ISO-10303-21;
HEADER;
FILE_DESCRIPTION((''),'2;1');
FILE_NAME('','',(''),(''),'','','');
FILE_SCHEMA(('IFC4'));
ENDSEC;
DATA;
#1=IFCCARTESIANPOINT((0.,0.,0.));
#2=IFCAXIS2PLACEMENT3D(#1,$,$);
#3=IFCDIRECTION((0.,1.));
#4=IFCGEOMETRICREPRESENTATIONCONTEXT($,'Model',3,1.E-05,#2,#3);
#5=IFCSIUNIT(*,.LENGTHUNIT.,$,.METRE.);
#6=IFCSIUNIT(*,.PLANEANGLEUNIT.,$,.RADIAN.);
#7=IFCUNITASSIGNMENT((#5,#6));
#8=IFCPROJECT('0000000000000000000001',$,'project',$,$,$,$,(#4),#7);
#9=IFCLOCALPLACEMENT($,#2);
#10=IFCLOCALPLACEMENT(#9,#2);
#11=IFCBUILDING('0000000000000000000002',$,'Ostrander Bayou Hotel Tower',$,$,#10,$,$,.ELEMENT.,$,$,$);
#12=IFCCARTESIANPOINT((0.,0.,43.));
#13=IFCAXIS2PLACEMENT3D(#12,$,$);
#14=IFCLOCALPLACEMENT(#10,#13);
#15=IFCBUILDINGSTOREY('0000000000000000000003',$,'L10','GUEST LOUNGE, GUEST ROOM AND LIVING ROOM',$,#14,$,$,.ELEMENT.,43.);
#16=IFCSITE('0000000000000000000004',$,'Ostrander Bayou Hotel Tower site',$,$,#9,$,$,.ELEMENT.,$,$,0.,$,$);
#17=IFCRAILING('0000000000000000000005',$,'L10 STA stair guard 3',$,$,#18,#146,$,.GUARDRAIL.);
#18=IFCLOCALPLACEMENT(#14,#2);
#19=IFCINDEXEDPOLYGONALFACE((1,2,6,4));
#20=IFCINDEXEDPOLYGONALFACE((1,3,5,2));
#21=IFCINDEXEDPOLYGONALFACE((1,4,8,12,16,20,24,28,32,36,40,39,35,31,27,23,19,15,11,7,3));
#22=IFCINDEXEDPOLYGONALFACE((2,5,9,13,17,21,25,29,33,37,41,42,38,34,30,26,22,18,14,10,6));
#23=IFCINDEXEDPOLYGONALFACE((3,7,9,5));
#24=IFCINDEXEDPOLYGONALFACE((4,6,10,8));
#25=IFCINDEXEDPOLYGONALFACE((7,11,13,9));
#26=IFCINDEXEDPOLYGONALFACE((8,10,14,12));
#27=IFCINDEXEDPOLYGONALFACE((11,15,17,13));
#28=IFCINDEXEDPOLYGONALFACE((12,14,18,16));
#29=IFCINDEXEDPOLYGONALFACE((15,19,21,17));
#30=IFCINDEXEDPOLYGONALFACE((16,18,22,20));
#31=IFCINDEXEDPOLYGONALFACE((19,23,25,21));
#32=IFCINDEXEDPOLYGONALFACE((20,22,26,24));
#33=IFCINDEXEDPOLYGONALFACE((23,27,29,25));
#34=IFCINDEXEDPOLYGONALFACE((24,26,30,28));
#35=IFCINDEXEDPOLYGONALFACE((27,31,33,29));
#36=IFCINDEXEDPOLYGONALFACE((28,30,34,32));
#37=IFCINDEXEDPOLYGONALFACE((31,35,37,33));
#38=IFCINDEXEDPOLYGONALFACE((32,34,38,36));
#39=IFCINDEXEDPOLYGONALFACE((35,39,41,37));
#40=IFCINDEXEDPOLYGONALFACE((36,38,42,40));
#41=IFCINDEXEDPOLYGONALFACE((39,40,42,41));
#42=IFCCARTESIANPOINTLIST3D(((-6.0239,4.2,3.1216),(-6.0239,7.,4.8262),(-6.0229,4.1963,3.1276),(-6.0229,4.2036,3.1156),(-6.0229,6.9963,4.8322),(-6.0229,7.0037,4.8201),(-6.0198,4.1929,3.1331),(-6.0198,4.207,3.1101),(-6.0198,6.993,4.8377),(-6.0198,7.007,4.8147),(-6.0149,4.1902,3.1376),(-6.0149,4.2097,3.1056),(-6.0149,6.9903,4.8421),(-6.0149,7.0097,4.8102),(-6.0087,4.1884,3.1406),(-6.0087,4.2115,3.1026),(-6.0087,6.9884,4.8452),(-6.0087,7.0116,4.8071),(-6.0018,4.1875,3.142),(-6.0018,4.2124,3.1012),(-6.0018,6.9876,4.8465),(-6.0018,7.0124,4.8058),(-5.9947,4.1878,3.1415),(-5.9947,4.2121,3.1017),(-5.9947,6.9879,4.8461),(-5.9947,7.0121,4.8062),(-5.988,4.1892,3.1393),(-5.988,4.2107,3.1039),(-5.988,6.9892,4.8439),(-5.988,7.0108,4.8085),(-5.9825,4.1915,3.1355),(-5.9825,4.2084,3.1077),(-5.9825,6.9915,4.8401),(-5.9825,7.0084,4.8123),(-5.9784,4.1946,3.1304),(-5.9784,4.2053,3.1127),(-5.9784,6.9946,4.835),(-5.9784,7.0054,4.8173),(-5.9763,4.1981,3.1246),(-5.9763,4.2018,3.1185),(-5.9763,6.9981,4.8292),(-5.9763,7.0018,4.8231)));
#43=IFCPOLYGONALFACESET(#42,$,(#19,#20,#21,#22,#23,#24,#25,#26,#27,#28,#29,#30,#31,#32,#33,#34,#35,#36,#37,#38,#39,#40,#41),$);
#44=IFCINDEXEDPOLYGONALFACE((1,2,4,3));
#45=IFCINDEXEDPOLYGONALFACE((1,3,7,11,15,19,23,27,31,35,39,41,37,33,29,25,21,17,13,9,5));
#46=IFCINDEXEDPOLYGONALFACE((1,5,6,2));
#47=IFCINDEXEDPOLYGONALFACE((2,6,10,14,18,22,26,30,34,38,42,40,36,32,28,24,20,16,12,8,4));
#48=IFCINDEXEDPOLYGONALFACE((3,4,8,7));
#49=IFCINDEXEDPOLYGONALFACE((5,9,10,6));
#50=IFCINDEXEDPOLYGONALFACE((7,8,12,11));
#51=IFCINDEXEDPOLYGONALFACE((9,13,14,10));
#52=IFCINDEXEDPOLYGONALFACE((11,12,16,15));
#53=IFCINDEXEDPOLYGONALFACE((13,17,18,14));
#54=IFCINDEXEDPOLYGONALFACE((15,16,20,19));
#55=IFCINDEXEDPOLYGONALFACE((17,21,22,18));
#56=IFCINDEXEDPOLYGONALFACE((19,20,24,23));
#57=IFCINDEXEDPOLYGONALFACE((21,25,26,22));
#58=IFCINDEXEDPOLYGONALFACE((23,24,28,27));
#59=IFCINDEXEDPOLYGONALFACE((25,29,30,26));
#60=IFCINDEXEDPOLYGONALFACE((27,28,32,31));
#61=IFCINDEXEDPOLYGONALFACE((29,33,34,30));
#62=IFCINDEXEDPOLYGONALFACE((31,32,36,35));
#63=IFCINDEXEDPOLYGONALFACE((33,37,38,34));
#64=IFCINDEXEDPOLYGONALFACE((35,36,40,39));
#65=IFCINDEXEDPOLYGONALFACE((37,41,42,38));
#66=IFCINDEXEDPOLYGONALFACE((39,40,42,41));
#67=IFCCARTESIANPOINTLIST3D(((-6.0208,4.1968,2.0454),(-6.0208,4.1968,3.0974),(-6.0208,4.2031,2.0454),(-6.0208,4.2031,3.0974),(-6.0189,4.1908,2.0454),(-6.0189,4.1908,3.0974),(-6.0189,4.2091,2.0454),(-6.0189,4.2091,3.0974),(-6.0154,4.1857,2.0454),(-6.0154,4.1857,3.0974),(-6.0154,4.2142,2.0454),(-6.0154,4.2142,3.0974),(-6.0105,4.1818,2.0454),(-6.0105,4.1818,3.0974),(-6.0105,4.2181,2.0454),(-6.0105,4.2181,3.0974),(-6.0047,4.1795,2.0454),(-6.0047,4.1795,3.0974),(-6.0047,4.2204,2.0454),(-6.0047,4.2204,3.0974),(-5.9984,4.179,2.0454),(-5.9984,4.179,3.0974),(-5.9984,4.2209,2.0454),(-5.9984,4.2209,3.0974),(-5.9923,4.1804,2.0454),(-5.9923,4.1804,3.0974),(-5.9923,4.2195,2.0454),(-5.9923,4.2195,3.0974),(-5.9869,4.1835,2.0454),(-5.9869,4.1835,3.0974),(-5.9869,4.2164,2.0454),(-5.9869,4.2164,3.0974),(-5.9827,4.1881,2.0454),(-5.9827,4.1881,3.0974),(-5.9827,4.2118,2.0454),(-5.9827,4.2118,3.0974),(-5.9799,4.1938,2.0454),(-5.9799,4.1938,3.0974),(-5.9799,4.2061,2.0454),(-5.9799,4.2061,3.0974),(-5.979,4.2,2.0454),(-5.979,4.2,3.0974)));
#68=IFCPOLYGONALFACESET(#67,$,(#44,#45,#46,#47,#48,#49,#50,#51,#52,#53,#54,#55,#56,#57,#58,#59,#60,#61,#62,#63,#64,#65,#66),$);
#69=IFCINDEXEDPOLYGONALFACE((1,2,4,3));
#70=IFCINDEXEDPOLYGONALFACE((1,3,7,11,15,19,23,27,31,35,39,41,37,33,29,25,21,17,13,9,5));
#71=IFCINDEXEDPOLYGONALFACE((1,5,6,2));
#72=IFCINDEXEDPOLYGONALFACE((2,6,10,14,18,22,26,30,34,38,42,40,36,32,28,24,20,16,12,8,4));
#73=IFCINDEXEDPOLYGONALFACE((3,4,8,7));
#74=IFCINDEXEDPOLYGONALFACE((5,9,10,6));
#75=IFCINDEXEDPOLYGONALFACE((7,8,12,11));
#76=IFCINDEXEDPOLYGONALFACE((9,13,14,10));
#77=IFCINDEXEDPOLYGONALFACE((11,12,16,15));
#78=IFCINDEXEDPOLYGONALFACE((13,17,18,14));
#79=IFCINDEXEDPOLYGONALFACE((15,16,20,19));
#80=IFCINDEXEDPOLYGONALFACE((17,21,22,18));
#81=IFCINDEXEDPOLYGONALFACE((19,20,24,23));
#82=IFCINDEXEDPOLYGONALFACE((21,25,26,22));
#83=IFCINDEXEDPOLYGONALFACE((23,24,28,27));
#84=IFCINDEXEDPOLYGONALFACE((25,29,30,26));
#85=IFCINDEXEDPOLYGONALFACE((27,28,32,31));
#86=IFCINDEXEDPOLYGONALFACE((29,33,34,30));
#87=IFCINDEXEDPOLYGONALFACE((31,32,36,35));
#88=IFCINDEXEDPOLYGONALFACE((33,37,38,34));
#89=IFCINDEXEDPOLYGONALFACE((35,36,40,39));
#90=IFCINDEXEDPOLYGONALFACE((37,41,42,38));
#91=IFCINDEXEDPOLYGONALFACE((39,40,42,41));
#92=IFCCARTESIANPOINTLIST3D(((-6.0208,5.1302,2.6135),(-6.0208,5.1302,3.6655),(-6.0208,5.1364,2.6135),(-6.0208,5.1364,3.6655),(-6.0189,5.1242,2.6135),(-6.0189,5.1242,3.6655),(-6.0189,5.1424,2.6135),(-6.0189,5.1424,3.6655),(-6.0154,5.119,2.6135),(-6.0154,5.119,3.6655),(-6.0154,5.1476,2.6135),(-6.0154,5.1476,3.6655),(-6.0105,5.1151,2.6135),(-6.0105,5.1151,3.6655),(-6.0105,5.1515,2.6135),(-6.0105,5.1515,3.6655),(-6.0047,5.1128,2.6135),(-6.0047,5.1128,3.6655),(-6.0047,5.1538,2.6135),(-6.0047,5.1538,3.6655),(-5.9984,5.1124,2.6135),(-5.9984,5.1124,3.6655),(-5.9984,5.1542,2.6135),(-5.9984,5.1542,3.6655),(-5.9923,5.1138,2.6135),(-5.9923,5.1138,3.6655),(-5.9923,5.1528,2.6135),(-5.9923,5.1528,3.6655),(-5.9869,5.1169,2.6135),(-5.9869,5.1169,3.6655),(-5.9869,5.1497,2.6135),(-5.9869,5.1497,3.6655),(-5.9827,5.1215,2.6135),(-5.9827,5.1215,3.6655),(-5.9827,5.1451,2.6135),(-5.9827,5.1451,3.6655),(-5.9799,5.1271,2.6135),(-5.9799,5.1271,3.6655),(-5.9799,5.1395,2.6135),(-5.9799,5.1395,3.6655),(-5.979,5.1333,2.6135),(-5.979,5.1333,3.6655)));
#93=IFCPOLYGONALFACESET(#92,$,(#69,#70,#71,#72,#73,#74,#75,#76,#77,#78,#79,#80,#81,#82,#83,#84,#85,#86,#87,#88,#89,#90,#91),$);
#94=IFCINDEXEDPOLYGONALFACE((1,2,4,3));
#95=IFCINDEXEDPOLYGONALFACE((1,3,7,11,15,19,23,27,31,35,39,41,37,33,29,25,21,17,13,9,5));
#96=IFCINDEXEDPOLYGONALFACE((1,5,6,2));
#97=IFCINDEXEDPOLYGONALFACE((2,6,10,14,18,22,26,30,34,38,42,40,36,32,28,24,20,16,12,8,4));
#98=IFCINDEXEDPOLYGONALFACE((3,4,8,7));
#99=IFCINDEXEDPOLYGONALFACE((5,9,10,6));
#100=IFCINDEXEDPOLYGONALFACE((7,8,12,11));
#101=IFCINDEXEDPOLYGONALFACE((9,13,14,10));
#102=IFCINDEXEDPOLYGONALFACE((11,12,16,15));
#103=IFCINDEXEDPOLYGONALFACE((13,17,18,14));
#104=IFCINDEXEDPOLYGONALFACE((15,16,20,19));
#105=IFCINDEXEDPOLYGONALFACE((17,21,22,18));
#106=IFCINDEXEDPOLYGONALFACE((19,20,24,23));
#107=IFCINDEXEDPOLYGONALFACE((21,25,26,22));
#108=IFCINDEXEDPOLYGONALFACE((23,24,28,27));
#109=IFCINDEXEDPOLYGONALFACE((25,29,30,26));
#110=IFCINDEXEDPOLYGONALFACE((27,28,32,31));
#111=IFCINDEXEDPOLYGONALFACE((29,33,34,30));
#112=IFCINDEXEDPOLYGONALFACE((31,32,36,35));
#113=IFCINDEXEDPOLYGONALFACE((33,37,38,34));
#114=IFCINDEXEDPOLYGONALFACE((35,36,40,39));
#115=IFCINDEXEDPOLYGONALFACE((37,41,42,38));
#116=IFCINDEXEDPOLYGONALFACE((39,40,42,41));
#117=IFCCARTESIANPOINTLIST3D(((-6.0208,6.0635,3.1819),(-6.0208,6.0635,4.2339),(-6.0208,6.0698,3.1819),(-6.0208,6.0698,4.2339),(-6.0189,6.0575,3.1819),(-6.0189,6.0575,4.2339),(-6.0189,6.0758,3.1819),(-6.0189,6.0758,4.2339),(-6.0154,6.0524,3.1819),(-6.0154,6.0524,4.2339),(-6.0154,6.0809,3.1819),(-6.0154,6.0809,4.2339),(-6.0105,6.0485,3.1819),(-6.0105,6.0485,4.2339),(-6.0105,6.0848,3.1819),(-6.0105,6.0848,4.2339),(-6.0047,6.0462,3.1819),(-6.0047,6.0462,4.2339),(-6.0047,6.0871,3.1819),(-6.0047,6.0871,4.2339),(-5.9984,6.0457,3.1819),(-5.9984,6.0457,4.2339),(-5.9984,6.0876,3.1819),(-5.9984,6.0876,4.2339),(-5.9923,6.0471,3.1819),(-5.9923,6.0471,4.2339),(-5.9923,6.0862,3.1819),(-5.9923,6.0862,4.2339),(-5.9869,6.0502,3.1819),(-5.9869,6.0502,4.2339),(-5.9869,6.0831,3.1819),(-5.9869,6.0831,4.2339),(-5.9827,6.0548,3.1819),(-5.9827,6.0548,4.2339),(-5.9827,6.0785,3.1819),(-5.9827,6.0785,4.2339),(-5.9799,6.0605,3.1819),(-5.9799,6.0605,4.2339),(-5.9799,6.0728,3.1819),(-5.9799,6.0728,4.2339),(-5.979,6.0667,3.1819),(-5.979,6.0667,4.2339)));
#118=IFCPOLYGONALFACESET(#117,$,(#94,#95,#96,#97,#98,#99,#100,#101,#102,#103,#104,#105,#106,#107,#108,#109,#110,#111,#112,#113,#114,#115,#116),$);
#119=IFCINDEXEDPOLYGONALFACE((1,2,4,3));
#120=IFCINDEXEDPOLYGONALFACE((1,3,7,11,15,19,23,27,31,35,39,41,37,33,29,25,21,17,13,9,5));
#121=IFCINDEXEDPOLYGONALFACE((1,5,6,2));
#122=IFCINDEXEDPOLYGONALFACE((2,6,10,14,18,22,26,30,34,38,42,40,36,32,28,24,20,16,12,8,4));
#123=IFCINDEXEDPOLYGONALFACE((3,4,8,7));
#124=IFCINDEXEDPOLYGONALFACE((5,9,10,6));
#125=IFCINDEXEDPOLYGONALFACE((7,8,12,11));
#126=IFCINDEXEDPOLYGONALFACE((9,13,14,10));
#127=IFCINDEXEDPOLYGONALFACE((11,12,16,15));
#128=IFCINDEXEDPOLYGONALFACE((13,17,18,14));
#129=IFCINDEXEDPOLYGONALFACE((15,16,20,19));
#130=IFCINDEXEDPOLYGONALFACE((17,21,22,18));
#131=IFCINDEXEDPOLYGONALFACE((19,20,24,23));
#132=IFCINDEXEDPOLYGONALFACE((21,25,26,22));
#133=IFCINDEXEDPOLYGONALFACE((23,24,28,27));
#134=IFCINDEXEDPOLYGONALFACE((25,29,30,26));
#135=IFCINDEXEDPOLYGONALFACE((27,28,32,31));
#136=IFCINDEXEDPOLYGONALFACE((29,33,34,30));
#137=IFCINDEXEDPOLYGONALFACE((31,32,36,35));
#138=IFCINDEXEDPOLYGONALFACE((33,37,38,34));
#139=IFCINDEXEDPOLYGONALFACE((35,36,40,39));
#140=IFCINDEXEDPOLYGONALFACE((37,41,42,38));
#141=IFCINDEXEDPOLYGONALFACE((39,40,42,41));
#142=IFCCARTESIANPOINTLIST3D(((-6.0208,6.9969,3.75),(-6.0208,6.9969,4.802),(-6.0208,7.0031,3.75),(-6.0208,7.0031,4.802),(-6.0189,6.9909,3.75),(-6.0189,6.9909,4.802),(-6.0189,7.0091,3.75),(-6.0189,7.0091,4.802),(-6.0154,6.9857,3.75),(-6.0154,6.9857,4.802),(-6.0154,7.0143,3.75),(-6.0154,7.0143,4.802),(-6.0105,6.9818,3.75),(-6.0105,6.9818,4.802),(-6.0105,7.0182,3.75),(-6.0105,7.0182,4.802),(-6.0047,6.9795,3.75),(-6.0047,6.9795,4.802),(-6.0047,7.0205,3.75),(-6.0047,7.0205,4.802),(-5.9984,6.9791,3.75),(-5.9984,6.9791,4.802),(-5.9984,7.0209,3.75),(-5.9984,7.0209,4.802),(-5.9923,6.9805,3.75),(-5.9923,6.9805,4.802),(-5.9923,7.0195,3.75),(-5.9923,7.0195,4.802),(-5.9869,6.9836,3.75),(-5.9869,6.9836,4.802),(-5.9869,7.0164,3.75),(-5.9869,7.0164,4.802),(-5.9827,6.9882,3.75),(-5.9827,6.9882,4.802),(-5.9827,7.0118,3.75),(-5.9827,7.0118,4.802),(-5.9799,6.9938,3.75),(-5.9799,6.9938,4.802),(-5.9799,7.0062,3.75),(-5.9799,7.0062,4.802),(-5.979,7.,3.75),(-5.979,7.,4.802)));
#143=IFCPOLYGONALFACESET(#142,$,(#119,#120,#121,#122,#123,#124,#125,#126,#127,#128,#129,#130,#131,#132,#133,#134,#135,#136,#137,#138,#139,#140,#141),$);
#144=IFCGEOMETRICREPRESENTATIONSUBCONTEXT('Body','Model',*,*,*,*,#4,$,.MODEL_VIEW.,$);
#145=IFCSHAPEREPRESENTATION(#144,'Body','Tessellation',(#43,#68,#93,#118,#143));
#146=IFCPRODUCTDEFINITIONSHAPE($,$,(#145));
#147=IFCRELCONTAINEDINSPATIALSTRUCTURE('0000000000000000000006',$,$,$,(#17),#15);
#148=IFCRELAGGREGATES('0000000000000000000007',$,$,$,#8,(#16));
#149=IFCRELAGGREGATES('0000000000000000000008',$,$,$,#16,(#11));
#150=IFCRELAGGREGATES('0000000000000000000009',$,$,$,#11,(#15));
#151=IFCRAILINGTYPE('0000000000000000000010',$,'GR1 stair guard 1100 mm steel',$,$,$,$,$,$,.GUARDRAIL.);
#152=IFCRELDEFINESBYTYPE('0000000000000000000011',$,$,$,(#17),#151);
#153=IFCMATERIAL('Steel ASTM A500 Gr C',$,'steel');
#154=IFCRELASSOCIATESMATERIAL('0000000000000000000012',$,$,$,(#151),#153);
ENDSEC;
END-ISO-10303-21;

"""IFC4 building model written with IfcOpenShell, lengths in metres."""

from ifc_helpers import new_model, si_unit, direction, frame, origin, origin_2d, place, context, subcontext, project, spatial, circle, extrude, material, type_object, element, save


model = new_model("IFC4")

# Units and contexts
model_context = context("Model", 3, precision=1e-05, world=origin(), true_north=direction((0.0, 1.0)))
body_context = subcontext(model_context, "Body", "Model", "MODEL_VIEW")
ifc_project = project(units=[si_unit("LENGTHUNIT", "METRE"), si_unit("PLANEANGLEUNIT", "RADIAN")], contexts=[model_context])

# Site, building, storey
site_placement = place(None, origin())
site = spatial("IfcSite", under=ifc_project, at=site_placement, Name="Ostrander Bayou Hotel Tower site", CompositionType="ELEMENT", RefElevation=0.0)
building_placement = place(site_placement, origin())
building = spatial("IfcBuilding", under=site, at=building_placement, Name="Ostrander Bayou Hotel Tower", CompositionType="ELEMENT")
storey_placement = place(building_placement, frame((0.0, 0.0, 43.0)))
storey = spatial("IfcBuildingStorey", under=building, at=storey_placement, Name="L10", Description="GUEST LOUNGE, GUEST ROOM AND LIVING ROOM", CompositionType="ELEMENT", Elevation=43.0)

# Railing
ifc_material_1 = material(Name="Steel ASTM A500 Gr C", Category="steel")
railing_type_1 = type_object("IfcRailingType", Name="GR1 stair guard 1100 mm steel", PredefinedType="GUARDRAIL", material=ifc_material_1)
railing_1_placement = place(storey_placement, frame((-6.0, 4.2, 2.0454)))
element("IfcRailing", 1, at=railing_1_placement, inside=storey, type_object=railing_type_1, Name="L10 STA stair guard 3", PredefinedType="GUARDRAIL", context=body_context, shape_type="SweptSolid", body=[
    extrude(circle(Radius=0.0239, at=origin_2d()), frame((0.0, 0.0, 1.0762), z_axis=(0.0, 0.85417, 0.519994), x_axis=(-1.0, 0.0, 0.0)), (0.0, 0.0, 1.0), 3.2781),
    extrude(circle(Radius=0.021, at=origin_2d()), origin(), (0.0, 0.0, 1.0), 1.052),
    extrude(circle(Radius=0.021, at=origin_2d()), frame((0.0, 0.9333, 0.5681)), (0.0, 0.0, 1.0), 1.052),
    extrude(circle(Radius=0.021, at=origin_2d()), frame((0.0, 1.8667, 1.1365)), (0.0, 0.0, 1.0), 1.052),
    extrude(circle(Radius=0.021, at=origin_2d()), frame((0.0, 2.8, 1.7046)), (0.0, 0.0, 1.0), 1.052),
])

save(model, "model.ifc")
